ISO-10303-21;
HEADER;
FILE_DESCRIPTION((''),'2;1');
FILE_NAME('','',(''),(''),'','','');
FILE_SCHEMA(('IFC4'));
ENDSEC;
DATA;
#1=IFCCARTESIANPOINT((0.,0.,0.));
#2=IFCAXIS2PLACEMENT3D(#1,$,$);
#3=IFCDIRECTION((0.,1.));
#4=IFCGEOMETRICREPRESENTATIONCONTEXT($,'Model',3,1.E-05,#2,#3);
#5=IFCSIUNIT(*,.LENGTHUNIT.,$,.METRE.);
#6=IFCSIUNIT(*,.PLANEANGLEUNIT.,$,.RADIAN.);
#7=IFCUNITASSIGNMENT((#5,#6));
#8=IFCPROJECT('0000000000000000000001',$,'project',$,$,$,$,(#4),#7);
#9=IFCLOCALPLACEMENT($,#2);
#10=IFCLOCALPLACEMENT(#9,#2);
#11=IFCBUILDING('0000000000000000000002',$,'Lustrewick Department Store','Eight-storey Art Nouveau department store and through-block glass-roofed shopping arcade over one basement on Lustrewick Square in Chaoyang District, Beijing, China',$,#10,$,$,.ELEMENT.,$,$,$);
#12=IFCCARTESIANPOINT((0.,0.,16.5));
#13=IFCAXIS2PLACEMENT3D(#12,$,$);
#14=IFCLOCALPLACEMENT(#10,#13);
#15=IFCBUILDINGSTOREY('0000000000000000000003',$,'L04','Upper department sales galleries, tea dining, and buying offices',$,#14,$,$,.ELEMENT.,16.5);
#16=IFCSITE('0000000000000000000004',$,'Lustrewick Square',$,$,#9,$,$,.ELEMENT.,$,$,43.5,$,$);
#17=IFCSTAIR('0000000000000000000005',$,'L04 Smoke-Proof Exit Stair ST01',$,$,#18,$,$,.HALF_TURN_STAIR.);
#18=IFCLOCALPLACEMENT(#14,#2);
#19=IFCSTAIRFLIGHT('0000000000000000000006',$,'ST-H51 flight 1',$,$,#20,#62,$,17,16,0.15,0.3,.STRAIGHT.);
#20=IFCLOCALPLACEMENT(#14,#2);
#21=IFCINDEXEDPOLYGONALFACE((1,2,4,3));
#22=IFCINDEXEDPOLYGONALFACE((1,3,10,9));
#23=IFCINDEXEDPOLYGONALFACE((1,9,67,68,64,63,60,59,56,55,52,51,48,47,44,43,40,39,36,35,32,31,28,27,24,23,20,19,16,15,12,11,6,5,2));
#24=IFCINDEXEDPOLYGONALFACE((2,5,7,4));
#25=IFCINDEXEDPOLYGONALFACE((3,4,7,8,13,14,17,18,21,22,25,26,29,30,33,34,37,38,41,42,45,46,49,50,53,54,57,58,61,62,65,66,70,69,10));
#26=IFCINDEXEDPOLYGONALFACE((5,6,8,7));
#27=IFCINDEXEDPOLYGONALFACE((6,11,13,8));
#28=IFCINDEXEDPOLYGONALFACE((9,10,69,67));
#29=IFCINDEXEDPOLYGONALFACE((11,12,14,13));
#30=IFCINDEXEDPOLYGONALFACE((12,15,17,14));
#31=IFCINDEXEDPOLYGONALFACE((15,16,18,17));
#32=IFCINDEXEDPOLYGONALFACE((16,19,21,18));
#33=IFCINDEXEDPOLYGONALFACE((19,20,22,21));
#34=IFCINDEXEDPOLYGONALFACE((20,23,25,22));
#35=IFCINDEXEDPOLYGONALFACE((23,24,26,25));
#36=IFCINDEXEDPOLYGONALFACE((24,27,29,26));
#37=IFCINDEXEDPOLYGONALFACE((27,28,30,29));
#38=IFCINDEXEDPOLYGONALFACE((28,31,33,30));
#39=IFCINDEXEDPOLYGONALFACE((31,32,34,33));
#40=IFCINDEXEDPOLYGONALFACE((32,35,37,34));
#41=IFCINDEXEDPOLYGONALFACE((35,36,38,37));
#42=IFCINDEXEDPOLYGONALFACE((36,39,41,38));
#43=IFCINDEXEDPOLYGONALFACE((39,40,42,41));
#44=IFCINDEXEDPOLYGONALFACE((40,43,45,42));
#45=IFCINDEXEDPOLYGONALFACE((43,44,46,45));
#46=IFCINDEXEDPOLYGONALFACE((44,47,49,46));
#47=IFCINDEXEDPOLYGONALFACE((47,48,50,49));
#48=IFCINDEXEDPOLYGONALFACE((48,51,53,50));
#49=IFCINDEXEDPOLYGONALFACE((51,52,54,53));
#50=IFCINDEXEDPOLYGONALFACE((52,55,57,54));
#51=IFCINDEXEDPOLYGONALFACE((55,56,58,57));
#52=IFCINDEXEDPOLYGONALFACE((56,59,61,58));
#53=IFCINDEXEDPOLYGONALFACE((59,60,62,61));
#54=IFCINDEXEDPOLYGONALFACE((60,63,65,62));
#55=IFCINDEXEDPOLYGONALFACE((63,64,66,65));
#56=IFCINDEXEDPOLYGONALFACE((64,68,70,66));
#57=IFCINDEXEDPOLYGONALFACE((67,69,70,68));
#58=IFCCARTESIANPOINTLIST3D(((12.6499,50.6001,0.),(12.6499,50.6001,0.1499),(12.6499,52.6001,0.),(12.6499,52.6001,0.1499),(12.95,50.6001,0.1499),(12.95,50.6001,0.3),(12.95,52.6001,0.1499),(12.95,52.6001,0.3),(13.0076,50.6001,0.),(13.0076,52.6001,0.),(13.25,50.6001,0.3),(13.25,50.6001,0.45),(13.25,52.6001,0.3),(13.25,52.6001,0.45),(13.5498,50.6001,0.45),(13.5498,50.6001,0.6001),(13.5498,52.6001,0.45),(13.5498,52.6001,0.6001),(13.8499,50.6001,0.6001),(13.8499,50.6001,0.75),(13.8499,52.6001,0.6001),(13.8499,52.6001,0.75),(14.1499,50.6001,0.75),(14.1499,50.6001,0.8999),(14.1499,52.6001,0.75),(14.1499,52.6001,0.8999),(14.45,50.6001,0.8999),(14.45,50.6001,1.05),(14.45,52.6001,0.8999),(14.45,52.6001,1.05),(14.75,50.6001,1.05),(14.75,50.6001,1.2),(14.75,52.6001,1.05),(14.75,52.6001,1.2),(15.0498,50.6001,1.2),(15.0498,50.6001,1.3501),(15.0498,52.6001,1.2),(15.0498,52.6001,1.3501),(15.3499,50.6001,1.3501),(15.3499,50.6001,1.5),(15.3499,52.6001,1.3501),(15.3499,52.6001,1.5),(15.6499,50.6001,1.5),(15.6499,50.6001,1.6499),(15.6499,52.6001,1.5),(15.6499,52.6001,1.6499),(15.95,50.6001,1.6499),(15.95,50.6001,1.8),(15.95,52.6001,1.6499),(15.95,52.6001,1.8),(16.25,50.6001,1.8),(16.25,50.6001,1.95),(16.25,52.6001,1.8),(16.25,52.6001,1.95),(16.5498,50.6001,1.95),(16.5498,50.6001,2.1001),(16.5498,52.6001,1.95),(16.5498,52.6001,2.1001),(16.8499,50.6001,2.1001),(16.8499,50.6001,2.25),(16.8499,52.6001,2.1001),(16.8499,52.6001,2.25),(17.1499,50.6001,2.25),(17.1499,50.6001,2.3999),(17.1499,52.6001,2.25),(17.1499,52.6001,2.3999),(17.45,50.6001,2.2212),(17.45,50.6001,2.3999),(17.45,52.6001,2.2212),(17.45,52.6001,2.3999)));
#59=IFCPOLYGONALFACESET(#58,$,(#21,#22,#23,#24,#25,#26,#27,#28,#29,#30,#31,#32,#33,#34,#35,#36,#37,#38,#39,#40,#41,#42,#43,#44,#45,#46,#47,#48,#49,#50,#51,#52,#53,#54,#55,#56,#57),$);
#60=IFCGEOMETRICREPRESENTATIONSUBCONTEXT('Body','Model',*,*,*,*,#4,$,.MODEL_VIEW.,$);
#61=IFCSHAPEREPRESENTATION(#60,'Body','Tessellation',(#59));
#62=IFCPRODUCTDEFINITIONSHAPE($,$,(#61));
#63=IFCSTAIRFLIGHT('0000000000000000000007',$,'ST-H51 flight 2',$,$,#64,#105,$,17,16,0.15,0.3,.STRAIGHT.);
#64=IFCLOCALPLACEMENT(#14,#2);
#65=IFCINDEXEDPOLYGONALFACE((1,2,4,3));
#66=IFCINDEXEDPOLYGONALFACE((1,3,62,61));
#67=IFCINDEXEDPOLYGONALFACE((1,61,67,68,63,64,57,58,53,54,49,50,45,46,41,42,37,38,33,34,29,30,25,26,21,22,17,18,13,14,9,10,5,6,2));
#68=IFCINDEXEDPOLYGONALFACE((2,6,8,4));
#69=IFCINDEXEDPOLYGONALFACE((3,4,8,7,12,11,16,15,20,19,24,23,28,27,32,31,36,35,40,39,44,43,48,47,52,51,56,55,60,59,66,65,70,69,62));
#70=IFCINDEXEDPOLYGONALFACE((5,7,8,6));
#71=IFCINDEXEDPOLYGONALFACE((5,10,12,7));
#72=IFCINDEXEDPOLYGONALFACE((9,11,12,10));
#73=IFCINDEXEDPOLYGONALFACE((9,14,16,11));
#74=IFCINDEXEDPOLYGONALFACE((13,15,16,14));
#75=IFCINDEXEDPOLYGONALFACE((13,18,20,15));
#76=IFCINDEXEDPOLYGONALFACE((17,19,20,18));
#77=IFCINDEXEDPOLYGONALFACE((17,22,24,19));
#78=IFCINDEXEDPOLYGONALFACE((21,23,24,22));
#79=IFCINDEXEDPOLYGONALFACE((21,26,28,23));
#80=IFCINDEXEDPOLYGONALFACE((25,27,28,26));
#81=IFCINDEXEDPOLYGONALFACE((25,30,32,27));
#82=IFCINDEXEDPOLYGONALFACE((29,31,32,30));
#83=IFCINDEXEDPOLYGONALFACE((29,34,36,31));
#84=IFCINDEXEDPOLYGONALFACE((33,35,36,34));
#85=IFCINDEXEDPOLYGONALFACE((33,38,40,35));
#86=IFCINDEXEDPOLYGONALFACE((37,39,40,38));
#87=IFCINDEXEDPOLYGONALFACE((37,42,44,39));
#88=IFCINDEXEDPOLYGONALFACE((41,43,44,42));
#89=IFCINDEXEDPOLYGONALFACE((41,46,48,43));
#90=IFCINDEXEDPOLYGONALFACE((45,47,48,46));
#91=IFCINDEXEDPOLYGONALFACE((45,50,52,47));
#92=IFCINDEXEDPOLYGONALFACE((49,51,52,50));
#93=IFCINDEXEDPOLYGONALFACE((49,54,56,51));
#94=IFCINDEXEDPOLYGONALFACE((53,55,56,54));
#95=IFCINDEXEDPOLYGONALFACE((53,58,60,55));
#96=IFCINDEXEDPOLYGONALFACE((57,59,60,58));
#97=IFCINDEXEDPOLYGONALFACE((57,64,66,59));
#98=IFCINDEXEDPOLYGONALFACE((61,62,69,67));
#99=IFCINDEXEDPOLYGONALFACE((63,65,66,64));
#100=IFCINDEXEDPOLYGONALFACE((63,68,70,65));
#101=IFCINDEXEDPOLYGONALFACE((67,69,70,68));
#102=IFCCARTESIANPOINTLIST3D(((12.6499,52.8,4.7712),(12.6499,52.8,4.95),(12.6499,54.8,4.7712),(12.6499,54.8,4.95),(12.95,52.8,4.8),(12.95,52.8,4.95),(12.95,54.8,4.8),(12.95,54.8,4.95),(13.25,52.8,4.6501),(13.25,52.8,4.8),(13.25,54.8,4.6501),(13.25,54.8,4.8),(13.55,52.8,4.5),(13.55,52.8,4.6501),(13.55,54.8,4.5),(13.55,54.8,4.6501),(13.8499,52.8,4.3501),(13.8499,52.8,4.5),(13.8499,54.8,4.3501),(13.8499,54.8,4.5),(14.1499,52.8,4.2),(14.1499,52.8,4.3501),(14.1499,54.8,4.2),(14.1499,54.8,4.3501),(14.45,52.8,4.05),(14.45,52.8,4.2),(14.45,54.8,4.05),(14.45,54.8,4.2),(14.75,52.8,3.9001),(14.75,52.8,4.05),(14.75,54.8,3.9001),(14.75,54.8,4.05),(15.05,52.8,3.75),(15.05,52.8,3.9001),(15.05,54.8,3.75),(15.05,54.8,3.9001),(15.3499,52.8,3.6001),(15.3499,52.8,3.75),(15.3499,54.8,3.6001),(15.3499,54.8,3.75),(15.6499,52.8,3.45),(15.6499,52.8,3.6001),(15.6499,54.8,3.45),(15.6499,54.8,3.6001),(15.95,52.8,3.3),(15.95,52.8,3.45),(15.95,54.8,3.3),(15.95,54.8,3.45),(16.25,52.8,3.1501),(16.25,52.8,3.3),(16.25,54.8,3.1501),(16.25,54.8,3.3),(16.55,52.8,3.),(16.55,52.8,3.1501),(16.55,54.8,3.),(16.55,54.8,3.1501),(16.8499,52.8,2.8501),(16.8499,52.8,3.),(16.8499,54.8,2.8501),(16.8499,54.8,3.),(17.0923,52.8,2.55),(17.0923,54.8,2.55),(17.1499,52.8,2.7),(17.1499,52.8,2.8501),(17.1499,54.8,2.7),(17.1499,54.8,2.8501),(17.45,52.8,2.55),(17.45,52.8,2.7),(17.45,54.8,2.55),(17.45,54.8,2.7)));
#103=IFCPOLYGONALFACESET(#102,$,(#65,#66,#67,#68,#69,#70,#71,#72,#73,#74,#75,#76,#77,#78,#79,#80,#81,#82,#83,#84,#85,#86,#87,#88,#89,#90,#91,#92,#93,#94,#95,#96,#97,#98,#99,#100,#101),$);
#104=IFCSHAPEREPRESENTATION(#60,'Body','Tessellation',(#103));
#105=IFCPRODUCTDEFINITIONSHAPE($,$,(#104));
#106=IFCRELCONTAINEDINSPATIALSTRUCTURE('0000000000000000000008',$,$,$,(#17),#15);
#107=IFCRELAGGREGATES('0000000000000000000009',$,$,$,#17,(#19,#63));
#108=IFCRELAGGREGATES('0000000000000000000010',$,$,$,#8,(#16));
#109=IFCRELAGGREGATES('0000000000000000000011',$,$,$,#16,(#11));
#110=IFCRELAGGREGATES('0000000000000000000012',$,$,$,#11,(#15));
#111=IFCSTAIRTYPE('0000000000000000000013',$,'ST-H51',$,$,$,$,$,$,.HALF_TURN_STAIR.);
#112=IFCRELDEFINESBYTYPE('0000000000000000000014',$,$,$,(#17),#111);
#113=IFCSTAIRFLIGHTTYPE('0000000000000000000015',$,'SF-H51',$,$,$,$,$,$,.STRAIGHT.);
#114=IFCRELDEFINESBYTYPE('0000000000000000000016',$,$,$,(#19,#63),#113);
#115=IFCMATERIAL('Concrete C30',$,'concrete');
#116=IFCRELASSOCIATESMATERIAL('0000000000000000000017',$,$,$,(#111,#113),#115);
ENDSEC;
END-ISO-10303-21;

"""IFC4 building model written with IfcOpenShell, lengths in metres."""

from ifc_helpers import new_model, si_unit, direction, frame, origin, place, context, subcontext, project, spatial, polyline, outline, extrude, material, type_object, element, aggregate, save


model = new_model("IFC4")

# Units and contexts
model_context = context("Model", 3, precision=1e-05, world=origin(), true_north=direction((0.0, 1.0)))
body_context = subcontext(model_context, "Body", "Model", "MODEL_VIEW")
ifc_project = project(units=[si_unit("LENGTHUNIT", "METRE"), si_unit("PLANEANGLEUNIT", "RADIAN")], contexts=[model_context])

# Site, building, storey
site_placement = place(None, origin())
site = spatial("IfcSite", under=ifc_project, at=site_placement, Name="Lustrewick Square", CompositionType="ELEMENT", RefElevation=43.5)
building_placement = place(site_placement, origin())
building = spatial("IfcBuilding", under=site, at=building_placement, Name="Lustrewick Department Store", Description="Eight-storey Art Nouveau department store and through-block glass-roofed shopping arcade over one basement on Lustrewick Square in Chaoyang District, Beijing, China", CompositionType="ELEMENT")
storey_placement = place(building_placement, frame((0.0, 0.0, 16.5)))
storey = spatial("IfcBuildingStorey", under=building, at=storey_placement, Name="L04", Description="Upper department sales galleries, tea dining, and buying offices", CompositionType="ELEMENT", Elevation=16.5)

# Stair, stair flights
ifc_material_1 = material(Name="Concrete C30", Category="concrete")
stair_type = type_object("IfcStairType", Name="ST-H51", PredefinedType="HALF_TURN_STAIR", material=ifc_material_1)
stair_placement = place(storey_placement, origin())
stair = element("IfcStair", 1, at=stair_placement, inside=storey, type_object=stair_type, Name="L04 Smoke-Proof Exit Stair ST01", PredefinedType="HALF_TURN_STAIR")
stair_flight_type = type_object("IfcStairFlightType", Name="SF-H51", PredefinedType="STRAIGHT", material=ifc_material_1)
stair_flight_1_placement = place(storey_placement, frame((12.6499, 51.6001, 0.0), z_axis=(0.0, 0.0, 1.0), x_axis=(1.0, 0.0, 0.0)))
stair_flight_1 = element("IfcStairFlight", 2, at=stair_flight_1_placement, type_object=stair_flight_type, Name="ST-H51 flight 1", NumberOfRisers=17, NumberOfTreads=16, PredefinedType="STRAIGHT", RiserHeight=0.15, TreadLength=0.3, context=body_context, shape_type="SweptSolid", body=[
    extrude(outline(polyline([(0.0, 0.0), (0.0, 0.1499), (0.3, 0.1499), (0.3, 0.3), (0.6001, 0.3), (0.6001, 0.45), (0.8999, 0.45), (0.8999, 0.6001), (1.2, 0.6001), (1.2, 0.75), (1.5, 0.75), (1.5, 0.8999), (1.8, 0.8999), (1.8, 1.05), (2.1001, 1.05), (2.1001, 1.2), (2.3999, 1.2), (2.3999, 1.3501), (2.7, 1.3501), (2.7, 1.5), (3.0, 1.5), (3.0, 1.6499), (3.3, 1.6499), (3.3, 1.8), (3.6001, 1.8), (3.6001, 1.95), (3.8999, 1.95), (3.8999, 2.1001), (4.2, 2.1001), (4.2, 2.25), (4.5, 2.25), (4.5, 2.3999), (4.8, 2.3999), (4.8, 2.55), (4.8, 2.2212), (0.3577, 0.0), (0.0, 0.0)])), frame((0.0, 1.0, 0.0), z_axis=(0.0, -1.0, 0.0), x_axis=(1.0, 0.0, 0.0)), (0.0, 0.0, 1.0), 2.0),
])
stair_flight_2_placement = place(storey_placement, frame((17.45, 53.8, 2.55), z_axis=(0.0, 0.0, 1.0), x_axis=(-1.0, 0.0, 0.0)))
stair_flight_2 = element("IfcStairFlight", 3, at=stair_flight_2_placement, type_object=stair_flight_type, Name="ST-H51 flight 2", NumberOfRisers=17, NumberOfTreads=16, PredefinedType="STRAIGHT", RiserHeight=0.15, TreadLength=0.3, context=body_context, shape_type="SweptSolid", body=[
    extrude(outline(polyline([(0.0, 0.0), (0.0, 0.1499), (0.3, 0.1499), (0.3, 0.3), (0.6001, 0.3), (0.6001, 0.45), (0.8999, 0.45), (0.8999, 0.6001), (1.2, 0.6001), (1.2, 0.75), (1.5, 0.75), (1.5, 0.8999), (1.8, 0.8999), (1.8, 1.05), (2.1001, 1.05), (2.1001, 1.2), (2.3999, 1.2), (2.3999, 1.3501), (2.7, 1.3501), (2.7, 1.5), (3.0, 1.5), (3.0, 1.6499), (3.3, 1.6499), (3.3, 1.8), (3.6001, 1.8), (3.6001, 1.95), (3.8999, 1.95), (3.8999, 2.1001), (4.2, 2.1001), (4.2, 2.25), (4.5, 2.25), (4.5, 2.3999), (4.8, 2.3999), (4.8, 2.55), (4.8, 2.2212), (0.3577, 0.0), (0.0, 0.0)])), frame((0.0, 1.0, 0.0), z_axis=(0.0, -1.0, 0.0), x_axis=(1.0, 0.0, 0.0)), (0.0, 0.0, 1.0), 2.0),
])
aggregate(stair, [stair_flight_1, stair_flight_2])

save(model, "model.ifc")
